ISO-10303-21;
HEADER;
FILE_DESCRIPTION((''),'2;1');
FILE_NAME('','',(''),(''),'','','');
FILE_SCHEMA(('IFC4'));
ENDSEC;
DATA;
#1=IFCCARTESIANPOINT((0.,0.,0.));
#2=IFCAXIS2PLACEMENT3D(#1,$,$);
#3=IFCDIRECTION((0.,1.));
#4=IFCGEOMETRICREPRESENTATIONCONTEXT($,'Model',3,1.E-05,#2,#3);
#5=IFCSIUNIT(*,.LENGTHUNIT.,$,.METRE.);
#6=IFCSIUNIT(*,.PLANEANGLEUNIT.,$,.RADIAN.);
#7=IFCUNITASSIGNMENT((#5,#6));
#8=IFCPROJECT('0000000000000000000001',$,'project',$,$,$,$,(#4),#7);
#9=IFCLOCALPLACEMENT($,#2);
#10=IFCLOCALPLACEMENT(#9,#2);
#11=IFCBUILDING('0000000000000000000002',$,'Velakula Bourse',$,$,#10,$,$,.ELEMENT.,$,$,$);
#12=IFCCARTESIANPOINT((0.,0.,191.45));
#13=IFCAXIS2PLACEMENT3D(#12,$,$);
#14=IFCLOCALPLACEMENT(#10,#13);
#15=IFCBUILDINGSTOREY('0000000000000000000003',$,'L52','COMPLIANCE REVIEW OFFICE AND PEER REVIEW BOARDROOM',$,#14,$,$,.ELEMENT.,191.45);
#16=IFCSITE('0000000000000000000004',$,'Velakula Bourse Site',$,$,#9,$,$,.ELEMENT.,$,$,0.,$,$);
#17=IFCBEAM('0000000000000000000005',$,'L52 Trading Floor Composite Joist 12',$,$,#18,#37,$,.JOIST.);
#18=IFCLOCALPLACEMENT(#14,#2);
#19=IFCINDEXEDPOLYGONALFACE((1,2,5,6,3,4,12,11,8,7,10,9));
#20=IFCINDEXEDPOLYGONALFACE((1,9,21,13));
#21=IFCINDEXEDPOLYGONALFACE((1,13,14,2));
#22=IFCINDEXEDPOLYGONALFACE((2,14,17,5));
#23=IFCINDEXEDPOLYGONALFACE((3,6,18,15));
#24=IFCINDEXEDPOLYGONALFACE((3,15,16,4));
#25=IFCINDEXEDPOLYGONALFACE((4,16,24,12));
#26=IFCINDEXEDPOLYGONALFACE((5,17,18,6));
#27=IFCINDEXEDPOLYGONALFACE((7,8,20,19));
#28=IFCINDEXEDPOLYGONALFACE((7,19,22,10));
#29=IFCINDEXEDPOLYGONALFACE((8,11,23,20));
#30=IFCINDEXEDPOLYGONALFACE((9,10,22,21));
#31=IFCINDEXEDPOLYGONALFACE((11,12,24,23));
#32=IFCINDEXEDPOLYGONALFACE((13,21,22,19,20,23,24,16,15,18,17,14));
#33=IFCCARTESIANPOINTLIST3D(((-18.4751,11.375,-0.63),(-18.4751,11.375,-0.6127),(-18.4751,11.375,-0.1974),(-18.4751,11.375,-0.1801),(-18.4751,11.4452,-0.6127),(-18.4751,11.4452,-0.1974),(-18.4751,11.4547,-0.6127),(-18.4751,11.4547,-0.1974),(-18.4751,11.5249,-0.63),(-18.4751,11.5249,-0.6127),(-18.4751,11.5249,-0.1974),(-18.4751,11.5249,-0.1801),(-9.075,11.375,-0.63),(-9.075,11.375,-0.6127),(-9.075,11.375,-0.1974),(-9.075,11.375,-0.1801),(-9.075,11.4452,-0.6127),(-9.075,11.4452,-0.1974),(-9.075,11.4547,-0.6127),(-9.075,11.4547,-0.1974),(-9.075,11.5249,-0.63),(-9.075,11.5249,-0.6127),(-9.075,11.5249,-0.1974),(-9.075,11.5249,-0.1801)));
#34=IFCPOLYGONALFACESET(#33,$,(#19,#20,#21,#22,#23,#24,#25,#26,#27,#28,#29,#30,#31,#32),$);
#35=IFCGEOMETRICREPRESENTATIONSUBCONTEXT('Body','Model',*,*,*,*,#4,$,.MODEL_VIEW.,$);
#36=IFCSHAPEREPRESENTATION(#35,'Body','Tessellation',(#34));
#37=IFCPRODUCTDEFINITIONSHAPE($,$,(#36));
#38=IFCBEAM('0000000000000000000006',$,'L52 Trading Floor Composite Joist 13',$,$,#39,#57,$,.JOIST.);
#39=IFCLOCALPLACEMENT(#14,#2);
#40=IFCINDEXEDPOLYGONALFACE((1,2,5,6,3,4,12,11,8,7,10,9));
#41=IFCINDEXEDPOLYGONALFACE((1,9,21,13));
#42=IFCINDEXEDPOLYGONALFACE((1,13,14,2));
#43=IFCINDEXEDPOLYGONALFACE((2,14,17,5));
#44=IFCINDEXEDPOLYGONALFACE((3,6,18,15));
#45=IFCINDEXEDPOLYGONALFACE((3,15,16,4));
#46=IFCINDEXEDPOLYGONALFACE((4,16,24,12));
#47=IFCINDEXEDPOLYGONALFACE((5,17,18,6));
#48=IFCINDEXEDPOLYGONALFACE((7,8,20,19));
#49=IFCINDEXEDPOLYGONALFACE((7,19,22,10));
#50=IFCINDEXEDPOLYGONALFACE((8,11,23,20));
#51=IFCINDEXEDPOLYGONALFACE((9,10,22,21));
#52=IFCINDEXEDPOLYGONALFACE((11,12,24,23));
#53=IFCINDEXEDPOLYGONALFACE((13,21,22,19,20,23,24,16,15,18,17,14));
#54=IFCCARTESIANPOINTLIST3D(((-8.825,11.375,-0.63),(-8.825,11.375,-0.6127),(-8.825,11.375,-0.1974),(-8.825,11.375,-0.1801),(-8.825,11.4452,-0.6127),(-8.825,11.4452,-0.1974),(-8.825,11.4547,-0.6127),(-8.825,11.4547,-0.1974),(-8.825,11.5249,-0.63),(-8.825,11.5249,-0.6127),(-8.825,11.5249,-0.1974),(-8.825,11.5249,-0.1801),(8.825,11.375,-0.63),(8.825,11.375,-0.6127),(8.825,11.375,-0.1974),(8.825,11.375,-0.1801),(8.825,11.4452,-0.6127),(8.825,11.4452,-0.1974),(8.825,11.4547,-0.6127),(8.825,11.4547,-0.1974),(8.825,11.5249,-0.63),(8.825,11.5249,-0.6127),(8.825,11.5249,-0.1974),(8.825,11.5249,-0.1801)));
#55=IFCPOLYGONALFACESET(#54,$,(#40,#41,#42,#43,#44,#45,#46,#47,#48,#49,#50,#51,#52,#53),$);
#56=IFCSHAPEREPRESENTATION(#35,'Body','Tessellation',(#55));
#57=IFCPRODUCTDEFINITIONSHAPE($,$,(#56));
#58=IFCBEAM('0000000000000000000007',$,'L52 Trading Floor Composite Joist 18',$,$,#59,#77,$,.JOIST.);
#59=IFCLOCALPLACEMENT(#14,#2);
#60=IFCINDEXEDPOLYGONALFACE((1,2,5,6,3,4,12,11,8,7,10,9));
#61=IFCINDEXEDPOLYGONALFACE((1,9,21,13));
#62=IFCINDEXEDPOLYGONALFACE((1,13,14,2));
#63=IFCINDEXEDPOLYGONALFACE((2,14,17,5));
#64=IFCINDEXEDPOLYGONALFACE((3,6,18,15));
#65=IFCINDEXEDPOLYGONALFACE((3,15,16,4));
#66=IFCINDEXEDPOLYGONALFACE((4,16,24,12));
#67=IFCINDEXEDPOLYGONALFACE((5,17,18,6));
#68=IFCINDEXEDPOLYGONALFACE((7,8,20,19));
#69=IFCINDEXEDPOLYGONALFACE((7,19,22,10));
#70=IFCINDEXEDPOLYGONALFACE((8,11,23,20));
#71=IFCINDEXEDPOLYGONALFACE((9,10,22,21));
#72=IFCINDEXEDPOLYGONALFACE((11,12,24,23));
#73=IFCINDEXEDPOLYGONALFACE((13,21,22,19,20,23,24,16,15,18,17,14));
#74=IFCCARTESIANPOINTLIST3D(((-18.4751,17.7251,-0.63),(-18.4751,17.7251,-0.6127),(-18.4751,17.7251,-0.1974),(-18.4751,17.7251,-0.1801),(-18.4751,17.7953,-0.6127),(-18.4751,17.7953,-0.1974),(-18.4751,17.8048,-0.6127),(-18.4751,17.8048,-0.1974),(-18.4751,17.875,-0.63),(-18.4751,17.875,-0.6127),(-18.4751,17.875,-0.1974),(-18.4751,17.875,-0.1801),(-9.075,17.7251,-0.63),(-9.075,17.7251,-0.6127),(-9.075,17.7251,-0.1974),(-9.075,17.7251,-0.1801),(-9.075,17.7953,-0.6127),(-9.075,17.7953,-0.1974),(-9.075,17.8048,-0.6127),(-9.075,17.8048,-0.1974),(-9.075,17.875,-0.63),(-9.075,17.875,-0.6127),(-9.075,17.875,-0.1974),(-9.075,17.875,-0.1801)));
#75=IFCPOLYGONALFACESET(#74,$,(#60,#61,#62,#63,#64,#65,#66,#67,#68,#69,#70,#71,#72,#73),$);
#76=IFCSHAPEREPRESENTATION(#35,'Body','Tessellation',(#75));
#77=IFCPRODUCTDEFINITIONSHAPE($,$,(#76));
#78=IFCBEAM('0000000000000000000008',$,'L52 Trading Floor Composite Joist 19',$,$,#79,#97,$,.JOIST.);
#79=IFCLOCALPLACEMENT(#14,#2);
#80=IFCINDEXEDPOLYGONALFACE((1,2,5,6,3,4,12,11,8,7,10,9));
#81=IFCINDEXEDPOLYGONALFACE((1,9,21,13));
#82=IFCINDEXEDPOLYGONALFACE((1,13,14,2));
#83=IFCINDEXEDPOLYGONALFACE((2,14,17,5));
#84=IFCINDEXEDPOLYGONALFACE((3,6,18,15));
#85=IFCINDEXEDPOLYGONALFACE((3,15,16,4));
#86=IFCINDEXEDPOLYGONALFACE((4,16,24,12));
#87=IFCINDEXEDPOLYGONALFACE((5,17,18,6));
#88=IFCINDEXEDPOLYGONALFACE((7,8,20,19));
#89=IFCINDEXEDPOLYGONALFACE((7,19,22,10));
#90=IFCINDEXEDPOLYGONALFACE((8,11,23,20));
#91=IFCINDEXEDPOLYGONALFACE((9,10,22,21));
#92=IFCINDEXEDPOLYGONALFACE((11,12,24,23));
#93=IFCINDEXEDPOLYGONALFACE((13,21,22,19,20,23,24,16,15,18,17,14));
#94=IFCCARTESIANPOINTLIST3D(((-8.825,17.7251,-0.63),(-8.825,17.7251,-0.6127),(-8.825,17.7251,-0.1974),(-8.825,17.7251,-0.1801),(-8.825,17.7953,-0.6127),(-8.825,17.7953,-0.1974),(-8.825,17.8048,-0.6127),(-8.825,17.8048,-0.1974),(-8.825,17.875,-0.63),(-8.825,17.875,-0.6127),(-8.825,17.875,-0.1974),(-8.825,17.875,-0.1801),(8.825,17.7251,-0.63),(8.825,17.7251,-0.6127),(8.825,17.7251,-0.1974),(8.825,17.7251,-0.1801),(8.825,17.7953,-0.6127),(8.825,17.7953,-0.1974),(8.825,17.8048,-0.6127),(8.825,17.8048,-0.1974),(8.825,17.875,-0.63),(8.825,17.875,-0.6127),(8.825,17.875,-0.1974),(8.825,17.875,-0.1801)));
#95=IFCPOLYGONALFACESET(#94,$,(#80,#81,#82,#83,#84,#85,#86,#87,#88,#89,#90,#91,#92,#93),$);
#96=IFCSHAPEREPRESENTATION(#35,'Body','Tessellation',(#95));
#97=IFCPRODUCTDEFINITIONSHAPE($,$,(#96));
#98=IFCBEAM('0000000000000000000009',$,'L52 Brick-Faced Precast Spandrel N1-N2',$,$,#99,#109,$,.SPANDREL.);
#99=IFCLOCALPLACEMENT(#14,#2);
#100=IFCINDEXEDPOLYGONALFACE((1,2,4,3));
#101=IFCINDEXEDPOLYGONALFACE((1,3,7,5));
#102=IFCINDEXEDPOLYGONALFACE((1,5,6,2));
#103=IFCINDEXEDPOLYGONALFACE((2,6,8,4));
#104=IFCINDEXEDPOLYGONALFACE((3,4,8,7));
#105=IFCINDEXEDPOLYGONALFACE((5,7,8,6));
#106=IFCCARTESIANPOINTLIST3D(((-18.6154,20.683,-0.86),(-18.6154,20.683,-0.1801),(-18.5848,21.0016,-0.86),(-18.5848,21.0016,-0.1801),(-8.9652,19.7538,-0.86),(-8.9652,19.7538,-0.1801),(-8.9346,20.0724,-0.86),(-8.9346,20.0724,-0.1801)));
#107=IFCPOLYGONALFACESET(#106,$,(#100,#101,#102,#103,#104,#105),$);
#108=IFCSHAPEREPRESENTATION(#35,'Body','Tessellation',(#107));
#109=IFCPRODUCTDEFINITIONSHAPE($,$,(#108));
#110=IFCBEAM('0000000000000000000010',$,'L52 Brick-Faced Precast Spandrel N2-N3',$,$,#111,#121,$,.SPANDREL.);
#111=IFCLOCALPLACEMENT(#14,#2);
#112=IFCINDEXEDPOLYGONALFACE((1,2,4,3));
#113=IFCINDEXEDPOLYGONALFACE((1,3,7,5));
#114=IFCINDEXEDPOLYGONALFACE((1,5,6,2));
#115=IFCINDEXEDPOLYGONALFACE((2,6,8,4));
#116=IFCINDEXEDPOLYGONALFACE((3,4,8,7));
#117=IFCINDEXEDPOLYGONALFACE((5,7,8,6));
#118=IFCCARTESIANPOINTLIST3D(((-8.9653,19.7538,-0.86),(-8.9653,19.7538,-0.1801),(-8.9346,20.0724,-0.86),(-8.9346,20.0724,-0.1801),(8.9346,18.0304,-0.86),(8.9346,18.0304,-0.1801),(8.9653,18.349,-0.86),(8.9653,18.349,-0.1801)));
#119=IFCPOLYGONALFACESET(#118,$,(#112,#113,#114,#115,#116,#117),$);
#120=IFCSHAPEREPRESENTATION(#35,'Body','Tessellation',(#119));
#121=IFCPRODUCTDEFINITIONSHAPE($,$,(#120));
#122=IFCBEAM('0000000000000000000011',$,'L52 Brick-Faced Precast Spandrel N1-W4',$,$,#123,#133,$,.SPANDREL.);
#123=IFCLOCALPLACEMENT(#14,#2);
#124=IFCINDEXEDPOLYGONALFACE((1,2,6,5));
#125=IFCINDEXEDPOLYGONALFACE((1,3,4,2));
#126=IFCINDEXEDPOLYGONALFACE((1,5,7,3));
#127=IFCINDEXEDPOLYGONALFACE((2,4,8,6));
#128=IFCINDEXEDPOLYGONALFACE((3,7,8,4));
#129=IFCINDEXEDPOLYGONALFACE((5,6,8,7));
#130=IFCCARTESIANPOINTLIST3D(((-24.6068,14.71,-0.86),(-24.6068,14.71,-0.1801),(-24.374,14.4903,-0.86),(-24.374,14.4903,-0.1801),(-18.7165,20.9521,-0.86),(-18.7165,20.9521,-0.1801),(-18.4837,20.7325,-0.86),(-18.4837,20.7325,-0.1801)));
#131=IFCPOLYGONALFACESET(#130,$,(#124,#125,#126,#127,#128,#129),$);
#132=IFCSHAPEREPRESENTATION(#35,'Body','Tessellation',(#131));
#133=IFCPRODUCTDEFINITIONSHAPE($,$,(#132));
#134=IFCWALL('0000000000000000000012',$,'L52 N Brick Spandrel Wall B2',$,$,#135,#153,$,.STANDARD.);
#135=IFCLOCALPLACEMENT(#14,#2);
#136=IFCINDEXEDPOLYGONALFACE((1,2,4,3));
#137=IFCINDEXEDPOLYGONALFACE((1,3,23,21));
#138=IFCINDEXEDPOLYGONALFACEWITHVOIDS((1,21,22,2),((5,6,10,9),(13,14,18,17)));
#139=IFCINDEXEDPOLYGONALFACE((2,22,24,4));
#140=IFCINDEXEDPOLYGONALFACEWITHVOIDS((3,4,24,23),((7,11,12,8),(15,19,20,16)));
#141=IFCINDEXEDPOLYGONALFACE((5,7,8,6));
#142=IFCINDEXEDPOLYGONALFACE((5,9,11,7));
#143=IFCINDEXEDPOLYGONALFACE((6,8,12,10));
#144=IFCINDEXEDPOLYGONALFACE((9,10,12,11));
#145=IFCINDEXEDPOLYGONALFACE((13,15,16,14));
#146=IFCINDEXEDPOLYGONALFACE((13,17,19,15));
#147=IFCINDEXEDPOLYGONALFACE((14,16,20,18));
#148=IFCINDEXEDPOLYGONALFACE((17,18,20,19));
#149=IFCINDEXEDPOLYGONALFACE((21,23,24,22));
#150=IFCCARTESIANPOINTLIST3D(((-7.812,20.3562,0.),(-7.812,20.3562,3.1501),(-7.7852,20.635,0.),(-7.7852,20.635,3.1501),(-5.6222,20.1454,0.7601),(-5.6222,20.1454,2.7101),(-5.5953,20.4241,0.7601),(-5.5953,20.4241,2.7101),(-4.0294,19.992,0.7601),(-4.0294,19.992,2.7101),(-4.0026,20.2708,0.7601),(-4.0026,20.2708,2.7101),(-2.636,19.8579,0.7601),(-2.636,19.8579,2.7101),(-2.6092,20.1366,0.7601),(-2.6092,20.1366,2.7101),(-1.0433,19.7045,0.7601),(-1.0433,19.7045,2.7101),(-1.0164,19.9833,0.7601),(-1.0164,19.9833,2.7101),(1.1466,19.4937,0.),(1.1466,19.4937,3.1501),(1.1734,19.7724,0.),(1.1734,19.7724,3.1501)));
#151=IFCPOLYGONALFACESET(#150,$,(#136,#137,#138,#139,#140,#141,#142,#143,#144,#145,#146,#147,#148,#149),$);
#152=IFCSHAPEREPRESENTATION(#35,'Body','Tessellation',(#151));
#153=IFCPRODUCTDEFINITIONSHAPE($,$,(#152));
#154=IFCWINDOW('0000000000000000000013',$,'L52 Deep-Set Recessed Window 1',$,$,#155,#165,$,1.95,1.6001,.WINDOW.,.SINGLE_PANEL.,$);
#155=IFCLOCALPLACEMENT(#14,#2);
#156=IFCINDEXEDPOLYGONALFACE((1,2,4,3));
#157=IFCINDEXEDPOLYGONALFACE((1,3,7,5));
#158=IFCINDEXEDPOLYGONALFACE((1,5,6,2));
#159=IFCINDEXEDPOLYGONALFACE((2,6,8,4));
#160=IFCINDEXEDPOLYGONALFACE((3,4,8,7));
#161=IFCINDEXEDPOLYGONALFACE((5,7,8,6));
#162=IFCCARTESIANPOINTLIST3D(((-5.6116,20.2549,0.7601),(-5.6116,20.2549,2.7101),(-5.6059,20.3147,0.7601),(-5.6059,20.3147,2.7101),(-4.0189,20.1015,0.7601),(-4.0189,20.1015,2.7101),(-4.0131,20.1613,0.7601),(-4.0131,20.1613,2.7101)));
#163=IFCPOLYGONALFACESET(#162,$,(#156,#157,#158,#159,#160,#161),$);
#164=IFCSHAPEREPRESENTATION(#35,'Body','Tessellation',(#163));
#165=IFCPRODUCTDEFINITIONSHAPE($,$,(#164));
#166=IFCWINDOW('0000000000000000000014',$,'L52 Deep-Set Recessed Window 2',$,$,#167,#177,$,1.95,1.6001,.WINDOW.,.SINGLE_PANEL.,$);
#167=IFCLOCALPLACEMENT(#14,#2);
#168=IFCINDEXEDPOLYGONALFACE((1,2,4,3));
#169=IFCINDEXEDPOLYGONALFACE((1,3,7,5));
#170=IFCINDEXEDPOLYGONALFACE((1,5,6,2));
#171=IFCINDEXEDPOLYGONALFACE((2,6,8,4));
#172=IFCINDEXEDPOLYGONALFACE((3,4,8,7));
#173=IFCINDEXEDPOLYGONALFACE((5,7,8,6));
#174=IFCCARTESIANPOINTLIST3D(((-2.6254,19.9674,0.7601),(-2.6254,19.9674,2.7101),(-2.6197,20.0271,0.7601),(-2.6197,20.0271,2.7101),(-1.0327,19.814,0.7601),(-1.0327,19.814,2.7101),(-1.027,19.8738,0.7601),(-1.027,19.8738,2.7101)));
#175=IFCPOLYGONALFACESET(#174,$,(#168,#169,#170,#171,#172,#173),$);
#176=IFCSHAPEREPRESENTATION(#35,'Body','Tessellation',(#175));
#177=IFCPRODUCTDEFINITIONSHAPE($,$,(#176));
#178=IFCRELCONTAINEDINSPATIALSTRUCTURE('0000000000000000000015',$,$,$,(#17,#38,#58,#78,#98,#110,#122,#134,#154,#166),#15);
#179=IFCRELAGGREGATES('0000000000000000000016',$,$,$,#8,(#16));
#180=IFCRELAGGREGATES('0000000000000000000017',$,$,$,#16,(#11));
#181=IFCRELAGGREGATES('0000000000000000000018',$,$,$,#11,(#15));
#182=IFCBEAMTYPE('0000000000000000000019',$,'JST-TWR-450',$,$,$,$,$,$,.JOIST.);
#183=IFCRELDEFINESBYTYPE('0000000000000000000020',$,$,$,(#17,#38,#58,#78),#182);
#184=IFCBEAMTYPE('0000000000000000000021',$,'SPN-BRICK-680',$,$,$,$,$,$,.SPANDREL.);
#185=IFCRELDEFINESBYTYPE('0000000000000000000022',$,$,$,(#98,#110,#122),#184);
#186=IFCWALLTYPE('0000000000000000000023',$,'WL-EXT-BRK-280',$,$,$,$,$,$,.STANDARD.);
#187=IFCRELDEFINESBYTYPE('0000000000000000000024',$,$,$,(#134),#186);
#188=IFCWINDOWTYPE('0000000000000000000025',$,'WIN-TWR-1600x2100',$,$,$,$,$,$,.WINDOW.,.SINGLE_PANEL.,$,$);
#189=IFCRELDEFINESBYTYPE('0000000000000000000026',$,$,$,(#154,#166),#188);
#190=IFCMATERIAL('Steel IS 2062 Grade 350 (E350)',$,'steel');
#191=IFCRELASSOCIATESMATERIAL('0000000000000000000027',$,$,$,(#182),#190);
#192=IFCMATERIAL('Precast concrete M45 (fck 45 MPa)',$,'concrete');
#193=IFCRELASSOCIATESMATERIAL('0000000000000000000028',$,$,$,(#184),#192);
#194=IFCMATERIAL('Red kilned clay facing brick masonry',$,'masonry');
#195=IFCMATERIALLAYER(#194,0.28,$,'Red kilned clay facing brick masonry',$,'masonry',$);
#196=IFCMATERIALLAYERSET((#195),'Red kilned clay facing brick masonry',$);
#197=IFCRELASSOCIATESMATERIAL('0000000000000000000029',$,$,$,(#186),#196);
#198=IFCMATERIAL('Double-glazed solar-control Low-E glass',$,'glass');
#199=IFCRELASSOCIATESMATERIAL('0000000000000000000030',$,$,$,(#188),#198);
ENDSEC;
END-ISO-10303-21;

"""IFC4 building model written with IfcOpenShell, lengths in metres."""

from ifc_helpers import new_model, si_unit, direction, frame, frame_2d, origin, origin_2d, place, context, subcontext, project, spatial, rectangle, i_section, extrude, material, layer, layer_set, material_profile, profile_set, type_object, element, fill, save


model = new_model("IFC4")

# Units and contexts
model_context = context("Model", 3, precision=1e-05, world=origin(), true_north=direction((0.0, 1.0)))
body_context = subcontext(model_context, "Body", "Model", "MODEL_VIEW")
ifc_project = project(units=[si_unit("LENGTHUNIT", "METRE"), si_unit("PLANEANGLEUNIT", "RADIAN")], contexts=[model_context])

# Site, building, storey
site_placement = place(None, origin())
site = spatial("IfcSite", under=ifc_project, at=site_placement, Name="Velakula Bourse Site", CompositionType="ELEMENT", RefElevation=0.0)
building_placement = place(site_placement, origin())
building = spatial("IfcBuilding", under=site, at=building_placement, Name="Velakula Bourse", CompositionType="ELEMENT")
storey_placement = place(building_placement, frame((0.0, 0.0, 191.45)))
storey = spatial("IfcBuildingStorey", under=building, at=storey_placement, Name="L52", Description="COMPLIANCE REVIEW OFFICE AND PEER REVIEW BOARDROOM", CompositionType="ELEMENT", Elevation=191.45)

# Shared definitions
ifc_material_1 = material(Name="Steel IS 2062 Grade 350 (E350)", Category="steel")

# Beams
ifc_material_profile_1 = material_profile(ifc_material_1, i_section(OverallWidth=0.1499, OverallDepth=0.45, WebThickness=0.0095, FlangeThickness=0.0173, at=origin_2d()), Name="Steel IS 2062 Grade 350 (E350)")
ifc_profile_set_1 = profile_set([ifc_material_profile_1], Name="Steel IS 2062 Grade 350 (E350)")
beam_type_1 = type_object("IfcBeamType", Name="JST-TWR-450", PredefinedType="JOIST", material=ifc_profile_set_1)
beam_1_placement = place(storey_placement, frame((-18.4751, 11.45, -0.405), z_axis=(1.0, 0.0, 0.0), x_axis=(0.0, 1.0, 0.0)))
element("IfcBeam", 1, at=beam_1_placement, inside=storey, type_object=beam_type_1, Name="L52 Trading Floor Composite Joist 12", PredefinedType="JOIST", context=body_context, shape_type="SweptSolid", body=[
    extrude(i_section(OverallWidth=0.1499, OverallDepth=0.45, WebThickness=0.0095, FlangeThickness=0.0173, at=origin_2d()), origin(), (0.0, 0.0, 1.0), 9.4001),
])
beam_2_placement = place(storey_placement, frame((-8.825, 11.45, -0.405), z_axis=(1.0, 0.0, 0.0), x_axis=(0.0, 1.0, 0.0)))
element("IfcBeam", 2, at=beam_2_placement, inside=storey, type_object=beam_type_1, Name="L52 Trading Floor Composite Joist 13", PredefinedType="JOIST", context=body_context, shape_type="SweptSolid", body=[
    extrude(i_section(OverallWidth=0.1499, OverallDepth=0.45, WebThickness=0.0095, FlangeThickness=0.0173, at=origin_2d()), origin(), (0.0, 0.0, 1.0), 17.6499),
])
beam_3_placement = place(storey_placement, frame((-18.4751, 17.8, -0.405), z_axis=(1.0, 0.0, 0.0), x_axis=(0.0, 1.0, 0.0)))
element("IfcBeam", 3, at=beam_3_placement, inside=storey, type_object=beam_type_1, Name="L52 Trading Floor Composite Joist 18", PredefinedType="JOIST", context=body_context, shape_type="SweptSolid", body=[
    extrude(i_section(OverallWidth=0.1499, OverallDepth=0.45, WebThickness=0.0095, FlangeThickness=0.0173, at=origin_2d()), origin(), (0.0, 0.0, 1.0), 9.4001),
])
beam_4_placement = place(storey_placement, frame((-8.825, 17.8, -0.405), z_axis=(1.0, 0.0, 0.0), x_axis=(0.0, 1.0, 0.0)))
element("IfcBeam", 4, at=beam_4_placement, inside=storey, type_object=beam_type_1, Name="L52 Trading Floor Composite Joist 19", PredefinedType="JOIST", context=body_context, shape_type="SweptSolid", body=[
    extrude(i_section(OverallWidth=0.1499, OverallDepth=0.45, WebThickness=0.0095, FlangeThickness=0.0173, at=origin_2d()), origin(), (0.0, 0.0, 1.0), 17.6499),
])
ifc_material_2 = material(Name="Precast concrete M45 (fck 45 MPa)", Category="concrete")
ifc_material_profile_2 = material_profile(ifc_material_2, rectangle(XDim=0.3201, YDim=0.6799, at=origin_2d()), Name="Precast concrete M45 (fck 45 MPa)")
ifc_profile_set_2 = profile_set([ifc_material_profile_2], Name="Precast concrete M45 (fck 45 MPa)")
beam_type_2 = type_object("IfcBeamType", Name="SPN-BRICK-680", PredefinedType="SPANDREL", material=ifc_profile_set_2)
beam_5_placement = place(storey_placement, frame((-18.6001, 20.8423, -0.52), z_axis=(0.995396, -0.095845, 0.0), x_axis=(0.095845, 0.995396, 0.0)))
element("IfcBeam", 5, at=beam_5_placement, inside=storey, type_object=beam_type_2, Name="L52 Brick-Faced Precast Spandrel N1-N2", PredefinedType="SPANDREL", context=body_context, shape_type="SweptSolid", body=[
    extrude(rectangle(XDim=0.3201, YDim=0.6799, at=origin_2d()), origin(), (0.0, 0.0, 1.0), 9.6948),
])
beam_6_placement = place(storey_placement, frame((-8.95, 19.9131, -0.52), z_axis=(0.995397, -0.095836, 0.0), x_axis=(0.095836, 0.995397, 0.0)))
element("IfcBeam", 6, at=beam_6_placement, inside=storey, type_object=beam_type_2, Name="L52 Brick-Faced Precast Spandrel N2-N3", PredefinedType="SPANDREL", context=body_context, shape_type="SweptSolid", body=[
    extrude(rectangle(XDim=0.3201, YDim=0.6799, at=origin_2d()), origin(), (0.0, 0.0, 1.0), 17.9827),
])
beam_7_placement = place(storey_placement, frame((-18.6001, 20.8423, -0.52), z_axis=(-0.686314, -0.727305, 0.0), x_axis=(0.727305, -0.686314, 0.0)))
element("IfcBeam", 7, at=beam_7_placement, inside=storey, type_object=beam_type_2, Name="L52 Brick-Faced Precast Spandrel N1-W4", PredefinedType="SPANDREL", context=body_context, shape_type="SweptSolid", body=[
    extrude(rectangle(XDim=0.3201, YDim=0.6799, at=origin_2d()), origin(), (0.0, 0.0, 1.0), 8.5825),
])

# Wall, openings, windows
ifc_material_3 = material(Name="Red kilned clay facing brick masonry", Category="masonry")
ifc_layer_1 = layer(ifc_material_3, 0.28, Name="Red kilned clay facing brick masonry", Category="masonry")
ifc_layer_set_1 = layer_set([ifc_layer_1], Name="Red kilned clay facing brick masonry")
wall_type_1 = type_object("IfcWallType", Name="WL-EXT-BRK-280", PredefinedType="STANDARD", material=ifc_layer_set_1)
wall_1_placement = place(storey_placement, frame((-7.7986, 20.4956, 0.0), z_axis=(0.0, 0.0, 1.0), x_axis=(0.995397, -0.09584, 0.0)))
wall_1 = element("IfcWall", 8, at=wall_1_placement, inside=storey, type_object=wall_type_1, Name="L52 N Brick Spandrel Wall B2", PredefinedType="STANDARD", context=body_context, shape_type="SweptSolid", body=[
    extrude(rectangle(XDim=9.0, YDim=0.28, at=frame_2d((4.5, 0.0))), origin(), (0.0, 0.0, 1.0), 3.1501),
])
opening_1_placement = place(wall_1_placement, frame((2.2, 0.0, 0.76)))
opening_1 = element("IfcOpeningElement", 9, at=opening_1_placement, cuts=wall_1, PredefinedType="OPENING", context=body_context, shape_type="SweptSolid", body=[
    extrude(rectangle(XDim=1.6001, YDim=1.95, at=frame_2d((0.8, 0.9751))), frame((0.0, 0.1499, 0.0), z_axis=(0.0, -1.0, 0.0), x_axis=(1.0, 0.0, 0.0)), (0.0, 0.0, 1.0), 0.3),
])
opening_2_placement = place(wall_1_placement, frame((5.2, 0.0, 0.76)))
opening_2 = element("IfcOpeningElement", 10, at=opening_2_placement, cuts=wall_1, PredefinedType="OPENING", context=body_context, shape_type="SweptSolid", body=[
    extrude(rectangle(XDim=1.6001, YDim=1.95, at=frame_2d((0.8, 0.9751))), frame((0.0, 0.1499, 0.0), z_axis=(0.0, -1.0, 0.0), x_axis=(1.0, 0.0, 0.0)), (0.0, 0.0, 1.0), 0.3),
])
ifc_material_4 = material(Name="Double-glazed solar-control Low-E glass", Category="glass")
window_type = type_object("IfcWindowType", Name="WIN-TWR-1600x2100", PartitioningType="SINGLE_PANEL", PredefinedType="WINDOW", material=ifc_material_4)
window_1_placement = place(opening_1_placement, origin())
window_1 = element("IfcWindow", 11, at=window_1_placement, inside=storey, type_object=window_type, Name="L52 Deep-Set Recessed Window 1", OverallHeight=1.95, OverallWidth=1.6001, PartitioningType="SINGLE_PANEL", PredefinedType="WINDOW", context=body_context, shape_type="SweptSolid", body=[
    extrude(rectangle(XDim=1.6001, YDim=1.95, at=frame_2d((0.8, 0.9751))), frame((0.0, 0.03, 0.0), z_axis=(0.0, -1.0, 0.0), x_axis=(1.0, 0.0, 0.0)), (0.0, 0.0, 1.0), 0.0601),
])
fill(opening_1, window_1)
window_2_placement = place(opening_2_placement, origin())
window_2 = element("IfcWindow", 12, at=window_2_placement, inside=storey, type_object=window_type, Name="L52 Deep-Set Recessed Window 2", OverallHeight=1.95, OverallWidth=1.6001, PartitioningType="SINGLE_PANEL", PredefinedType="WINDOW", context=body_context, shape_type="SweptSolid", body=[
    extrude(rectangle(XDim=1.6001, YDim=1.95, at=frame_2d((0.8, 0.9751))), frame((0.0, 0.03, 0.0), z_axis=(0.0, -1.0, 0.0), x_axis=(1.0, 0.0, 0.0)), (0.0, 0.0, 1.0), 0.0601),
])
fill(opening_2, window_2)

save(model, "model.ifc")
